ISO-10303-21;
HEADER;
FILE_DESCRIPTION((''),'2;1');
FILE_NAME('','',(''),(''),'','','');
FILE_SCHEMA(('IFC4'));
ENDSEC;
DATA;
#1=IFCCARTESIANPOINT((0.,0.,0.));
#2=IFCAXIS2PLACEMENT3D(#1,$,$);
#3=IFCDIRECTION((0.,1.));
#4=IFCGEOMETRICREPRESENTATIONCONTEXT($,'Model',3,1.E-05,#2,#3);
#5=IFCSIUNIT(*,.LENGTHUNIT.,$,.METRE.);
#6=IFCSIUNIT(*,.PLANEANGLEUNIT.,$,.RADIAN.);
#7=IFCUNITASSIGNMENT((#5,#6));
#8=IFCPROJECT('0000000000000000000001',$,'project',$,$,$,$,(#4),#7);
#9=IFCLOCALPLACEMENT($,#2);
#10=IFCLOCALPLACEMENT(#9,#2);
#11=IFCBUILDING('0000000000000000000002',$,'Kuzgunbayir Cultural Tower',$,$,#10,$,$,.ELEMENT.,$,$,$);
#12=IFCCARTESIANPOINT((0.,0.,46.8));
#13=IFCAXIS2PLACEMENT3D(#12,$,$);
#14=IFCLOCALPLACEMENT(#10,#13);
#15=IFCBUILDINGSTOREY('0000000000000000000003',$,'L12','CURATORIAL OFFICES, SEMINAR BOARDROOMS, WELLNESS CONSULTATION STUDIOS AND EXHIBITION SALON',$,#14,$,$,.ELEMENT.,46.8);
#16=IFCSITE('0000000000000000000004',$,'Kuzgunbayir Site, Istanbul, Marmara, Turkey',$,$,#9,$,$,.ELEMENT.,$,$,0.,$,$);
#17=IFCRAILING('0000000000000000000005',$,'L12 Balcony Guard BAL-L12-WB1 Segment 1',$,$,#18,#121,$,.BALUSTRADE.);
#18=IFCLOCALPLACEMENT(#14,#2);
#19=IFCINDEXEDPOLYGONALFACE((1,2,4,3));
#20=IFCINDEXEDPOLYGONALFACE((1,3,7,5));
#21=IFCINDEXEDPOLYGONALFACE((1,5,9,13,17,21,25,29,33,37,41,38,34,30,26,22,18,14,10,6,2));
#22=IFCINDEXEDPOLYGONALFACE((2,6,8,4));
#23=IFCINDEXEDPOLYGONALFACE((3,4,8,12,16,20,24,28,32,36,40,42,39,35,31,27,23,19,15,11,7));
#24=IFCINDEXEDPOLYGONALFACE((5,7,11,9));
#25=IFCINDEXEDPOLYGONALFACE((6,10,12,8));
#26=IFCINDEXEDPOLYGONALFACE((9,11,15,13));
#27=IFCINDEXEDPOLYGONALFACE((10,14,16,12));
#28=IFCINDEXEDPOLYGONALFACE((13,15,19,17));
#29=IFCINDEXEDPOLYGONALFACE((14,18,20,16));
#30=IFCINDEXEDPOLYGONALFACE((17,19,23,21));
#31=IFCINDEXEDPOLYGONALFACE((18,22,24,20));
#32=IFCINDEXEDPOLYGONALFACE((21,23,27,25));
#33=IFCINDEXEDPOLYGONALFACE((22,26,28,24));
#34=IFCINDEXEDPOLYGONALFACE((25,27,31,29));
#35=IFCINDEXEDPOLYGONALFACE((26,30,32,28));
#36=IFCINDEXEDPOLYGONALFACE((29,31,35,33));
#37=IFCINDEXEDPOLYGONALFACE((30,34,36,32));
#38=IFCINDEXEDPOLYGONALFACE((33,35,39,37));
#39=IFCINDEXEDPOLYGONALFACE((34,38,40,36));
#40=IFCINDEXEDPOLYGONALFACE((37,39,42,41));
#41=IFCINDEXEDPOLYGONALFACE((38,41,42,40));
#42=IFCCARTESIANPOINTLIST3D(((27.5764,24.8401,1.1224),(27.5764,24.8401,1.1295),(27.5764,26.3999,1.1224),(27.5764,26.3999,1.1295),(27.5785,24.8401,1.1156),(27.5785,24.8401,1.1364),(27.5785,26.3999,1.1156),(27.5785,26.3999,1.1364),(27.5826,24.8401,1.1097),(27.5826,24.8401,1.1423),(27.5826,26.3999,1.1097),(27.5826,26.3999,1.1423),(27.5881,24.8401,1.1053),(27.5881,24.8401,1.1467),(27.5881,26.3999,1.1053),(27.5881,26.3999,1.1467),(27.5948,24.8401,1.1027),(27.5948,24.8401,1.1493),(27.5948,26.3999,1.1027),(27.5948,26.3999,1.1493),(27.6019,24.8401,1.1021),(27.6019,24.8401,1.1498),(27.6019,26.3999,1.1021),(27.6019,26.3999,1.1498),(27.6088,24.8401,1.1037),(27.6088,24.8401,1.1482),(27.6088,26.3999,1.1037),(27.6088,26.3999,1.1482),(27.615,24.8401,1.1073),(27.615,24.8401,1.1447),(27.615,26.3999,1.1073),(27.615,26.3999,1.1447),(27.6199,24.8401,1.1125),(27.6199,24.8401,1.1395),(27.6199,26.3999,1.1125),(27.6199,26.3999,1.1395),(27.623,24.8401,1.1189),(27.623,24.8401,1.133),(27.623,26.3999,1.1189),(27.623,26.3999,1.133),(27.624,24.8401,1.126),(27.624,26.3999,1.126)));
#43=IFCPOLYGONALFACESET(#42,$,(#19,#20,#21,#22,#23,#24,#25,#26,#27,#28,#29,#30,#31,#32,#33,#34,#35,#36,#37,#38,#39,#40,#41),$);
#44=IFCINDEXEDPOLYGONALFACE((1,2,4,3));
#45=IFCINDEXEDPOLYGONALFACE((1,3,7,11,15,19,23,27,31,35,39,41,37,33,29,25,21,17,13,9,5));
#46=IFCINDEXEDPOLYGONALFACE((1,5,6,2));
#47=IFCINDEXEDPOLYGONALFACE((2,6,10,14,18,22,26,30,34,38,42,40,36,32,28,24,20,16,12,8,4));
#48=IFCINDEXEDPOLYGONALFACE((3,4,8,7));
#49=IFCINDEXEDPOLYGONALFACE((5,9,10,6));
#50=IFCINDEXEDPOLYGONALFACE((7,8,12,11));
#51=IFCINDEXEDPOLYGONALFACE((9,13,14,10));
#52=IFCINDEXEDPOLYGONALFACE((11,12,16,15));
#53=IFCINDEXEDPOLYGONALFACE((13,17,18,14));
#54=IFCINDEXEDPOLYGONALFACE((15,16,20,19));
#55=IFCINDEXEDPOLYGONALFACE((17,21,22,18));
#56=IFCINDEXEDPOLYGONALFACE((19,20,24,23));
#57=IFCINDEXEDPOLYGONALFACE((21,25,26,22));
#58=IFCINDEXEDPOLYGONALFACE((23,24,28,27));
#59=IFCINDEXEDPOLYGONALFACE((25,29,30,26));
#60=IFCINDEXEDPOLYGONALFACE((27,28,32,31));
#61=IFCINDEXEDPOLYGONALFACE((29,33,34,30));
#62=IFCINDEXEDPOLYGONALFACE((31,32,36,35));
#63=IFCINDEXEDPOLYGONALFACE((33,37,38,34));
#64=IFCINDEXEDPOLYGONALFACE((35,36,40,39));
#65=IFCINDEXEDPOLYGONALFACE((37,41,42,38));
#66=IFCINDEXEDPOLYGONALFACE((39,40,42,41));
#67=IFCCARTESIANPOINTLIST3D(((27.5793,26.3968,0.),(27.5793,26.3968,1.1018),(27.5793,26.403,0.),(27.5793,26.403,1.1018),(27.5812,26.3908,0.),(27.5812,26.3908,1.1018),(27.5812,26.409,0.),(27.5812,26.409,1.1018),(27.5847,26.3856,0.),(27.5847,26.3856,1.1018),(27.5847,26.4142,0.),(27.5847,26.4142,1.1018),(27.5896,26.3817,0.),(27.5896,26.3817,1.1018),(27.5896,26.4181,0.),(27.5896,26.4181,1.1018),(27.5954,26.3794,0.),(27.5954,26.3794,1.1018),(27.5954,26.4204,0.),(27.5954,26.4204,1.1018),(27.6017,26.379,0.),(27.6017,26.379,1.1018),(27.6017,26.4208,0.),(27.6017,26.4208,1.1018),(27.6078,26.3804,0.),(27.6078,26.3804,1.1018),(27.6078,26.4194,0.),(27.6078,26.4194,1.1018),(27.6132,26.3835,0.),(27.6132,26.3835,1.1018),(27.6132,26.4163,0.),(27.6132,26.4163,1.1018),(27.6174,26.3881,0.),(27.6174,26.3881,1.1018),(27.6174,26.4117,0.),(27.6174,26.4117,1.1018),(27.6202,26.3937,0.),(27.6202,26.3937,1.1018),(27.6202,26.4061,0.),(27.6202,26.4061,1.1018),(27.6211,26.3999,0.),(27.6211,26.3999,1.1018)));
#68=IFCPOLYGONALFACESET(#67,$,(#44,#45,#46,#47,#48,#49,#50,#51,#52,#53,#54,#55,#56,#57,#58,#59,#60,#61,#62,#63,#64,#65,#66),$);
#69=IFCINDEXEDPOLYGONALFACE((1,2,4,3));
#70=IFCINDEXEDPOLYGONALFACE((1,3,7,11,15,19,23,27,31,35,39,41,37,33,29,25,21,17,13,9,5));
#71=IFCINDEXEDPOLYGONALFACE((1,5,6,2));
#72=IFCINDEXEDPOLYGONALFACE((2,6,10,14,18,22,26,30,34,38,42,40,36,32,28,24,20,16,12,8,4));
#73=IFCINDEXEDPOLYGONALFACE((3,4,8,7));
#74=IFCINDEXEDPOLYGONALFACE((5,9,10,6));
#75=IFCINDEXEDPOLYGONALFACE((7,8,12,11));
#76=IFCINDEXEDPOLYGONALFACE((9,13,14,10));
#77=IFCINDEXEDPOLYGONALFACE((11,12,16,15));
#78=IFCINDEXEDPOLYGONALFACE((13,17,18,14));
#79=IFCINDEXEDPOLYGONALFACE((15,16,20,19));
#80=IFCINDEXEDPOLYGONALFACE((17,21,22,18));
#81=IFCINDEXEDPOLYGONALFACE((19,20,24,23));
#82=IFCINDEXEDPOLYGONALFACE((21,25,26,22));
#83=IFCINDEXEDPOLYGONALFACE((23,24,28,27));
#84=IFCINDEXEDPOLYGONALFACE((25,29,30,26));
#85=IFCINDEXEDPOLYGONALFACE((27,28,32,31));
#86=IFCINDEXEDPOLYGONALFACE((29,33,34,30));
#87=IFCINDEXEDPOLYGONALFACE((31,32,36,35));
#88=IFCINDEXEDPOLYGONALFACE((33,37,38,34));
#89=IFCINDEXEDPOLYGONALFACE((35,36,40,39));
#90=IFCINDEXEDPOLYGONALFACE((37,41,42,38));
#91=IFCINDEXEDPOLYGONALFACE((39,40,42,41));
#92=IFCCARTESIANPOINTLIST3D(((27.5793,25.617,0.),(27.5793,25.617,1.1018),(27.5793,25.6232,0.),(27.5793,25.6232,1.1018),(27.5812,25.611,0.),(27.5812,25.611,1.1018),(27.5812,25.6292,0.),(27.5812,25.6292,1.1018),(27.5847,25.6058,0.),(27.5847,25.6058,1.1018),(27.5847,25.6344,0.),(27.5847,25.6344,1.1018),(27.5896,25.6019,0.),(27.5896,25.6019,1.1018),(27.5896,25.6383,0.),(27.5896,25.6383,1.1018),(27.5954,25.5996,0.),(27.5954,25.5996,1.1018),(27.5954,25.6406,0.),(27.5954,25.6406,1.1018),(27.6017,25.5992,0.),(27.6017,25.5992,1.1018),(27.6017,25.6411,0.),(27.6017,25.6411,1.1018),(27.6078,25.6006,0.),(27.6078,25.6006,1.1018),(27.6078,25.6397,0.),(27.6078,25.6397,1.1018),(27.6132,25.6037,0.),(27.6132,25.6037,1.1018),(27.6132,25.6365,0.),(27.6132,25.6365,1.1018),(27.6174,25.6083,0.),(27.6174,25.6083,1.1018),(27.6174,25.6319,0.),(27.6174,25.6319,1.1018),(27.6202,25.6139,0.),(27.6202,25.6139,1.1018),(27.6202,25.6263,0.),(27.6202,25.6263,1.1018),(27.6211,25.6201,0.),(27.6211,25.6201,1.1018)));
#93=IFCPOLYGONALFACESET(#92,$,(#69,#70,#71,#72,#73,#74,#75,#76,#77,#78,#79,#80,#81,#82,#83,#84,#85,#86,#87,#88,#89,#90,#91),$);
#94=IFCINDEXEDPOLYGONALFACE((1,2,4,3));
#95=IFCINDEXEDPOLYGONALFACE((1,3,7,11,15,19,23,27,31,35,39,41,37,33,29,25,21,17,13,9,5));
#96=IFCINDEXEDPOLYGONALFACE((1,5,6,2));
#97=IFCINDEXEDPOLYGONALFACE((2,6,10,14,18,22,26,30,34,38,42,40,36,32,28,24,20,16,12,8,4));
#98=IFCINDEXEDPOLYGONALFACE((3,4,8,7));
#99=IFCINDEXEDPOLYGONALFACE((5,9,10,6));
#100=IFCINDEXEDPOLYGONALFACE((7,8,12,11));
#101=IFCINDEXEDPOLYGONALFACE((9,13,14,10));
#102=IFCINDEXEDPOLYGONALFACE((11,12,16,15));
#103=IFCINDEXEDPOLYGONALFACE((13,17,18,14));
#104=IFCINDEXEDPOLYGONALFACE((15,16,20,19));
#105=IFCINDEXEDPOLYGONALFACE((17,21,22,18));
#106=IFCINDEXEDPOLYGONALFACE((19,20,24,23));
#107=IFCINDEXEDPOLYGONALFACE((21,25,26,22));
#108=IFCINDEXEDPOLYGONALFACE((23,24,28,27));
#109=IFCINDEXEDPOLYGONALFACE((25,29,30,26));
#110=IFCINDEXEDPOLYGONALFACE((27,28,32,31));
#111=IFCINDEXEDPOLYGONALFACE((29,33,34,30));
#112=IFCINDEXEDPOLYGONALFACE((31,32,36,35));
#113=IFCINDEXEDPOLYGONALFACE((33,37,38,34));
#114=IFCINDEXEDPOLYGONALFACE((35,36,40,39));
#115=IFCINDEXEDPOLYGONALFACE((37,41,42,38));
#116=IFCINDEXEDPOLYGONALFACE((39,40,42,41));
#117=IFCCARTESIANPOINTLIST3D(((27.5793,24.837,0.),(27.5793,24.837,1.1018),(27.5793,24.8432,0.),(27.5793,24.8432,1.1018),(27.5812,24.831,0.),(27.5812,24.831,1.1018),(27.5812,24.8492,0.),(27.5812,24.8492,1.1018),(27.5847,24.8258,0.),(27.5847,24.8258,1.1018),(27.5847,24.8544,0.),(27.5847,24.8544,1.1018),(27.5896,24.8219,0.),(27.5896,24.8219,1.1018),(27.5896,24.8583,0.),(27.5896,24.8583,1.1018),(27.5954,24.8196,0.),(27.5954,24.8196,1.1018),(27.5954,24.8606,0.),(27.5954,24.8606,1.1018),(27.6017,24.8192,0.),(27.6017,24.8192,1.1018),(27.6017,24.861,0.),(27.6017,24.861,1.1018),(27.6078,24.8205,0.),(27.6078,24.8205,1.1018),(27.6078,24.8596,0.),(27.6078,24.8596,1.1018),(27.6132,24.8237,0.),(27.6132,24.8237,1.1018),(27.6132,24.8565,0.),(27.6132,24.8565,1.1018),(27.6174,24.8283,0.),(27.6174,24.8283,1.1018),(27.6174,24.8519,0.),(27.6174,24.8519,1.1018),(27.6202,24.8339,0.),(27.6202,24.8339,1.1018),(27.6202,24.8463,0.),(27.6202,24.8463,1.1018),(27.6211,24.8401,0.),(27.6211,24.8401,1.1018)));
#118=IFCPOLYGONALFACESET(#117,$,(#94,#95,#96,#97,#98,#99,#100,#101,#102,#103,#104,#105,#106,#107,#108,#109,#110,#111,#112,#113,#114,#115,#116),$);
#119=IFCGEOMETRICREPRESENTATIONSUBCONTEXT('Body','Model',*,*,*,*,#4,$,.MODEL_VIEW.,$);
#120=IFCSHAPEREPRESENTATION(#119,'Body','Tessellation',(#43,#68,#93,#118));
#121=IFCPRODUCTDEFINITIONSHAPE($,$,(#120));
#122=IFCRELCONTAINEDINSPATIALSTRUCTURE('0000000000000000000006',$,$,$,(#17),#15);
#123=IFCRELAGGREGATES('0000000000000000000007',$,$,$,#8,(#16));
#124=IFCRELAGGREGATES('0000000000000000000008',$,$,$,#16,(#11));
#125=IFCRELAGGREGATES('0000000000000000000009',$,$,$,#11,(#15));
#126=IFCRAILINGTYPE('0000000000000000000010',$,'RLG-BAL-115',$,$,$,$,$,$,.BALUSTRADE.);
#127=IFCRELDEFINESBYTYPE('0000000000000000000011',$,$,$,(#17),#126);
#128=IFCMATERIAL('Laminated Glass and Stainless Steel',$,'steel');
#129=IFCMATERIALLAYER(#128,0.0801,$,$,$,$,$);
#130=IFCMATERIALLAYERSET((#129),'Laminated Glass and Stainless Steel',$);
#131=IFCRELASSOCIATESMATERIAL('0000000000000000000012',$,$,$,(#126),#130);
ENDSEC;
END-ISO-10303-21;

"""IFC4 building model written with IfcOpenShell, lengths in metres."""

from ifc_helpers import new_model, si_unit, direction, frame, origin, origin_2d, place, context, subcontext, project, spatial, circle, extrude, material, layer, layer_set, type_object, element, save


model = new_model("IFC4")

# Units and contexts
model_context = context("Model", 3, precision=1e-05, world=origin(), true_north=direction((0.0, 1.0)))
body_context = subcontext(model_context, "Body", "Model", "MODEL_VIEW")
ifc_project = project(units=[si_unit("LENGTHUNIT", "METRE"), si_unit("PLANEANGLEUNIT", "RADIAN")], contexts=[model_context])

# Site, building, storey
site_placement = place(None, origin())
site = spatial("IfcSite", under=ifc_project, at=site_placement, Name="Kuzgunbayir Site, Istanbul, Marmara, Turkey", CompositionType="ELEMENT", RefElevation=0.0)
building_placement = place(site_placement, origin())
building = spatial("IfcBuilding", under=site, at=building_placement, Name="Kuzgunbayir Cultural Tower", CompositionType="ELEMENT")
storey_placement = place(building_placement, frame((0.0, 0.0, 46.8)))
storey = spatial("IfcBuildingStorey", under=building, at=storey_placement, Name="L12", Description="CURATORIAL OFFICES, SEMINAR BOARDROOMS, WELLNESS CONSULTATION STUDIOS AND EXHIBITION SALON", CompositionType="ELEMENT", Elevation=46.8)

# Railing
ifc_material_1 = material(Name="Laminated Glass and Stainless Steel", Category="steel")
ifc_layer_1 = layer(ifc_material_1, 0.0801)
ifc_layer_set_1 = layer_set([ifc_layer_1], Name="Laminated Glass and Stainless Steel")
railing_type = type_object("IfcRailingType", Name="RLG-BAL-115", PredefinedType="BALUSTRADE", material=ifc_layer_set_1)
railing_1_placement = place(storey_placement, frame((27.6001, 26.3999, 0.0)))
element("IfcRailing", 1, at=railing_1_placement, inside=storey, type_object=railing_type, Name="L12 Balcony Guard BAL-L12-WB1 Segment 1", PredefinedType="BALUSTRADE", context=body_context, shape_type="SweptSolid", body=[
    extrude(circle(Radius=0.0239, at=origin_2d()), frame((0.0, 0.0, 1.126), z_axis=(0.0, -1.0, 0.0), x_axis=(1.0, 0.0, 0.0)), (0.0, 0.0, 1.0), 1.5598),
    extrude(circle(Radius=0.021, at=origin_2d()), origin(), (0.0, 0.0, 1.0), 1.1018),
    extrude(circle(Radius=0.021, at=origin_2d()), frame((0.0, -0.7798, 0.0)), (0.0, 0.0, 1.0), 1.1018),
    extrude(circle(Radius=0.021, at=origin_2d()), frame((0.0, -1.5598, 0.0)), (0.0, 0.0, 1.0), 1.1018),
])

save(model, "model.ifc")
